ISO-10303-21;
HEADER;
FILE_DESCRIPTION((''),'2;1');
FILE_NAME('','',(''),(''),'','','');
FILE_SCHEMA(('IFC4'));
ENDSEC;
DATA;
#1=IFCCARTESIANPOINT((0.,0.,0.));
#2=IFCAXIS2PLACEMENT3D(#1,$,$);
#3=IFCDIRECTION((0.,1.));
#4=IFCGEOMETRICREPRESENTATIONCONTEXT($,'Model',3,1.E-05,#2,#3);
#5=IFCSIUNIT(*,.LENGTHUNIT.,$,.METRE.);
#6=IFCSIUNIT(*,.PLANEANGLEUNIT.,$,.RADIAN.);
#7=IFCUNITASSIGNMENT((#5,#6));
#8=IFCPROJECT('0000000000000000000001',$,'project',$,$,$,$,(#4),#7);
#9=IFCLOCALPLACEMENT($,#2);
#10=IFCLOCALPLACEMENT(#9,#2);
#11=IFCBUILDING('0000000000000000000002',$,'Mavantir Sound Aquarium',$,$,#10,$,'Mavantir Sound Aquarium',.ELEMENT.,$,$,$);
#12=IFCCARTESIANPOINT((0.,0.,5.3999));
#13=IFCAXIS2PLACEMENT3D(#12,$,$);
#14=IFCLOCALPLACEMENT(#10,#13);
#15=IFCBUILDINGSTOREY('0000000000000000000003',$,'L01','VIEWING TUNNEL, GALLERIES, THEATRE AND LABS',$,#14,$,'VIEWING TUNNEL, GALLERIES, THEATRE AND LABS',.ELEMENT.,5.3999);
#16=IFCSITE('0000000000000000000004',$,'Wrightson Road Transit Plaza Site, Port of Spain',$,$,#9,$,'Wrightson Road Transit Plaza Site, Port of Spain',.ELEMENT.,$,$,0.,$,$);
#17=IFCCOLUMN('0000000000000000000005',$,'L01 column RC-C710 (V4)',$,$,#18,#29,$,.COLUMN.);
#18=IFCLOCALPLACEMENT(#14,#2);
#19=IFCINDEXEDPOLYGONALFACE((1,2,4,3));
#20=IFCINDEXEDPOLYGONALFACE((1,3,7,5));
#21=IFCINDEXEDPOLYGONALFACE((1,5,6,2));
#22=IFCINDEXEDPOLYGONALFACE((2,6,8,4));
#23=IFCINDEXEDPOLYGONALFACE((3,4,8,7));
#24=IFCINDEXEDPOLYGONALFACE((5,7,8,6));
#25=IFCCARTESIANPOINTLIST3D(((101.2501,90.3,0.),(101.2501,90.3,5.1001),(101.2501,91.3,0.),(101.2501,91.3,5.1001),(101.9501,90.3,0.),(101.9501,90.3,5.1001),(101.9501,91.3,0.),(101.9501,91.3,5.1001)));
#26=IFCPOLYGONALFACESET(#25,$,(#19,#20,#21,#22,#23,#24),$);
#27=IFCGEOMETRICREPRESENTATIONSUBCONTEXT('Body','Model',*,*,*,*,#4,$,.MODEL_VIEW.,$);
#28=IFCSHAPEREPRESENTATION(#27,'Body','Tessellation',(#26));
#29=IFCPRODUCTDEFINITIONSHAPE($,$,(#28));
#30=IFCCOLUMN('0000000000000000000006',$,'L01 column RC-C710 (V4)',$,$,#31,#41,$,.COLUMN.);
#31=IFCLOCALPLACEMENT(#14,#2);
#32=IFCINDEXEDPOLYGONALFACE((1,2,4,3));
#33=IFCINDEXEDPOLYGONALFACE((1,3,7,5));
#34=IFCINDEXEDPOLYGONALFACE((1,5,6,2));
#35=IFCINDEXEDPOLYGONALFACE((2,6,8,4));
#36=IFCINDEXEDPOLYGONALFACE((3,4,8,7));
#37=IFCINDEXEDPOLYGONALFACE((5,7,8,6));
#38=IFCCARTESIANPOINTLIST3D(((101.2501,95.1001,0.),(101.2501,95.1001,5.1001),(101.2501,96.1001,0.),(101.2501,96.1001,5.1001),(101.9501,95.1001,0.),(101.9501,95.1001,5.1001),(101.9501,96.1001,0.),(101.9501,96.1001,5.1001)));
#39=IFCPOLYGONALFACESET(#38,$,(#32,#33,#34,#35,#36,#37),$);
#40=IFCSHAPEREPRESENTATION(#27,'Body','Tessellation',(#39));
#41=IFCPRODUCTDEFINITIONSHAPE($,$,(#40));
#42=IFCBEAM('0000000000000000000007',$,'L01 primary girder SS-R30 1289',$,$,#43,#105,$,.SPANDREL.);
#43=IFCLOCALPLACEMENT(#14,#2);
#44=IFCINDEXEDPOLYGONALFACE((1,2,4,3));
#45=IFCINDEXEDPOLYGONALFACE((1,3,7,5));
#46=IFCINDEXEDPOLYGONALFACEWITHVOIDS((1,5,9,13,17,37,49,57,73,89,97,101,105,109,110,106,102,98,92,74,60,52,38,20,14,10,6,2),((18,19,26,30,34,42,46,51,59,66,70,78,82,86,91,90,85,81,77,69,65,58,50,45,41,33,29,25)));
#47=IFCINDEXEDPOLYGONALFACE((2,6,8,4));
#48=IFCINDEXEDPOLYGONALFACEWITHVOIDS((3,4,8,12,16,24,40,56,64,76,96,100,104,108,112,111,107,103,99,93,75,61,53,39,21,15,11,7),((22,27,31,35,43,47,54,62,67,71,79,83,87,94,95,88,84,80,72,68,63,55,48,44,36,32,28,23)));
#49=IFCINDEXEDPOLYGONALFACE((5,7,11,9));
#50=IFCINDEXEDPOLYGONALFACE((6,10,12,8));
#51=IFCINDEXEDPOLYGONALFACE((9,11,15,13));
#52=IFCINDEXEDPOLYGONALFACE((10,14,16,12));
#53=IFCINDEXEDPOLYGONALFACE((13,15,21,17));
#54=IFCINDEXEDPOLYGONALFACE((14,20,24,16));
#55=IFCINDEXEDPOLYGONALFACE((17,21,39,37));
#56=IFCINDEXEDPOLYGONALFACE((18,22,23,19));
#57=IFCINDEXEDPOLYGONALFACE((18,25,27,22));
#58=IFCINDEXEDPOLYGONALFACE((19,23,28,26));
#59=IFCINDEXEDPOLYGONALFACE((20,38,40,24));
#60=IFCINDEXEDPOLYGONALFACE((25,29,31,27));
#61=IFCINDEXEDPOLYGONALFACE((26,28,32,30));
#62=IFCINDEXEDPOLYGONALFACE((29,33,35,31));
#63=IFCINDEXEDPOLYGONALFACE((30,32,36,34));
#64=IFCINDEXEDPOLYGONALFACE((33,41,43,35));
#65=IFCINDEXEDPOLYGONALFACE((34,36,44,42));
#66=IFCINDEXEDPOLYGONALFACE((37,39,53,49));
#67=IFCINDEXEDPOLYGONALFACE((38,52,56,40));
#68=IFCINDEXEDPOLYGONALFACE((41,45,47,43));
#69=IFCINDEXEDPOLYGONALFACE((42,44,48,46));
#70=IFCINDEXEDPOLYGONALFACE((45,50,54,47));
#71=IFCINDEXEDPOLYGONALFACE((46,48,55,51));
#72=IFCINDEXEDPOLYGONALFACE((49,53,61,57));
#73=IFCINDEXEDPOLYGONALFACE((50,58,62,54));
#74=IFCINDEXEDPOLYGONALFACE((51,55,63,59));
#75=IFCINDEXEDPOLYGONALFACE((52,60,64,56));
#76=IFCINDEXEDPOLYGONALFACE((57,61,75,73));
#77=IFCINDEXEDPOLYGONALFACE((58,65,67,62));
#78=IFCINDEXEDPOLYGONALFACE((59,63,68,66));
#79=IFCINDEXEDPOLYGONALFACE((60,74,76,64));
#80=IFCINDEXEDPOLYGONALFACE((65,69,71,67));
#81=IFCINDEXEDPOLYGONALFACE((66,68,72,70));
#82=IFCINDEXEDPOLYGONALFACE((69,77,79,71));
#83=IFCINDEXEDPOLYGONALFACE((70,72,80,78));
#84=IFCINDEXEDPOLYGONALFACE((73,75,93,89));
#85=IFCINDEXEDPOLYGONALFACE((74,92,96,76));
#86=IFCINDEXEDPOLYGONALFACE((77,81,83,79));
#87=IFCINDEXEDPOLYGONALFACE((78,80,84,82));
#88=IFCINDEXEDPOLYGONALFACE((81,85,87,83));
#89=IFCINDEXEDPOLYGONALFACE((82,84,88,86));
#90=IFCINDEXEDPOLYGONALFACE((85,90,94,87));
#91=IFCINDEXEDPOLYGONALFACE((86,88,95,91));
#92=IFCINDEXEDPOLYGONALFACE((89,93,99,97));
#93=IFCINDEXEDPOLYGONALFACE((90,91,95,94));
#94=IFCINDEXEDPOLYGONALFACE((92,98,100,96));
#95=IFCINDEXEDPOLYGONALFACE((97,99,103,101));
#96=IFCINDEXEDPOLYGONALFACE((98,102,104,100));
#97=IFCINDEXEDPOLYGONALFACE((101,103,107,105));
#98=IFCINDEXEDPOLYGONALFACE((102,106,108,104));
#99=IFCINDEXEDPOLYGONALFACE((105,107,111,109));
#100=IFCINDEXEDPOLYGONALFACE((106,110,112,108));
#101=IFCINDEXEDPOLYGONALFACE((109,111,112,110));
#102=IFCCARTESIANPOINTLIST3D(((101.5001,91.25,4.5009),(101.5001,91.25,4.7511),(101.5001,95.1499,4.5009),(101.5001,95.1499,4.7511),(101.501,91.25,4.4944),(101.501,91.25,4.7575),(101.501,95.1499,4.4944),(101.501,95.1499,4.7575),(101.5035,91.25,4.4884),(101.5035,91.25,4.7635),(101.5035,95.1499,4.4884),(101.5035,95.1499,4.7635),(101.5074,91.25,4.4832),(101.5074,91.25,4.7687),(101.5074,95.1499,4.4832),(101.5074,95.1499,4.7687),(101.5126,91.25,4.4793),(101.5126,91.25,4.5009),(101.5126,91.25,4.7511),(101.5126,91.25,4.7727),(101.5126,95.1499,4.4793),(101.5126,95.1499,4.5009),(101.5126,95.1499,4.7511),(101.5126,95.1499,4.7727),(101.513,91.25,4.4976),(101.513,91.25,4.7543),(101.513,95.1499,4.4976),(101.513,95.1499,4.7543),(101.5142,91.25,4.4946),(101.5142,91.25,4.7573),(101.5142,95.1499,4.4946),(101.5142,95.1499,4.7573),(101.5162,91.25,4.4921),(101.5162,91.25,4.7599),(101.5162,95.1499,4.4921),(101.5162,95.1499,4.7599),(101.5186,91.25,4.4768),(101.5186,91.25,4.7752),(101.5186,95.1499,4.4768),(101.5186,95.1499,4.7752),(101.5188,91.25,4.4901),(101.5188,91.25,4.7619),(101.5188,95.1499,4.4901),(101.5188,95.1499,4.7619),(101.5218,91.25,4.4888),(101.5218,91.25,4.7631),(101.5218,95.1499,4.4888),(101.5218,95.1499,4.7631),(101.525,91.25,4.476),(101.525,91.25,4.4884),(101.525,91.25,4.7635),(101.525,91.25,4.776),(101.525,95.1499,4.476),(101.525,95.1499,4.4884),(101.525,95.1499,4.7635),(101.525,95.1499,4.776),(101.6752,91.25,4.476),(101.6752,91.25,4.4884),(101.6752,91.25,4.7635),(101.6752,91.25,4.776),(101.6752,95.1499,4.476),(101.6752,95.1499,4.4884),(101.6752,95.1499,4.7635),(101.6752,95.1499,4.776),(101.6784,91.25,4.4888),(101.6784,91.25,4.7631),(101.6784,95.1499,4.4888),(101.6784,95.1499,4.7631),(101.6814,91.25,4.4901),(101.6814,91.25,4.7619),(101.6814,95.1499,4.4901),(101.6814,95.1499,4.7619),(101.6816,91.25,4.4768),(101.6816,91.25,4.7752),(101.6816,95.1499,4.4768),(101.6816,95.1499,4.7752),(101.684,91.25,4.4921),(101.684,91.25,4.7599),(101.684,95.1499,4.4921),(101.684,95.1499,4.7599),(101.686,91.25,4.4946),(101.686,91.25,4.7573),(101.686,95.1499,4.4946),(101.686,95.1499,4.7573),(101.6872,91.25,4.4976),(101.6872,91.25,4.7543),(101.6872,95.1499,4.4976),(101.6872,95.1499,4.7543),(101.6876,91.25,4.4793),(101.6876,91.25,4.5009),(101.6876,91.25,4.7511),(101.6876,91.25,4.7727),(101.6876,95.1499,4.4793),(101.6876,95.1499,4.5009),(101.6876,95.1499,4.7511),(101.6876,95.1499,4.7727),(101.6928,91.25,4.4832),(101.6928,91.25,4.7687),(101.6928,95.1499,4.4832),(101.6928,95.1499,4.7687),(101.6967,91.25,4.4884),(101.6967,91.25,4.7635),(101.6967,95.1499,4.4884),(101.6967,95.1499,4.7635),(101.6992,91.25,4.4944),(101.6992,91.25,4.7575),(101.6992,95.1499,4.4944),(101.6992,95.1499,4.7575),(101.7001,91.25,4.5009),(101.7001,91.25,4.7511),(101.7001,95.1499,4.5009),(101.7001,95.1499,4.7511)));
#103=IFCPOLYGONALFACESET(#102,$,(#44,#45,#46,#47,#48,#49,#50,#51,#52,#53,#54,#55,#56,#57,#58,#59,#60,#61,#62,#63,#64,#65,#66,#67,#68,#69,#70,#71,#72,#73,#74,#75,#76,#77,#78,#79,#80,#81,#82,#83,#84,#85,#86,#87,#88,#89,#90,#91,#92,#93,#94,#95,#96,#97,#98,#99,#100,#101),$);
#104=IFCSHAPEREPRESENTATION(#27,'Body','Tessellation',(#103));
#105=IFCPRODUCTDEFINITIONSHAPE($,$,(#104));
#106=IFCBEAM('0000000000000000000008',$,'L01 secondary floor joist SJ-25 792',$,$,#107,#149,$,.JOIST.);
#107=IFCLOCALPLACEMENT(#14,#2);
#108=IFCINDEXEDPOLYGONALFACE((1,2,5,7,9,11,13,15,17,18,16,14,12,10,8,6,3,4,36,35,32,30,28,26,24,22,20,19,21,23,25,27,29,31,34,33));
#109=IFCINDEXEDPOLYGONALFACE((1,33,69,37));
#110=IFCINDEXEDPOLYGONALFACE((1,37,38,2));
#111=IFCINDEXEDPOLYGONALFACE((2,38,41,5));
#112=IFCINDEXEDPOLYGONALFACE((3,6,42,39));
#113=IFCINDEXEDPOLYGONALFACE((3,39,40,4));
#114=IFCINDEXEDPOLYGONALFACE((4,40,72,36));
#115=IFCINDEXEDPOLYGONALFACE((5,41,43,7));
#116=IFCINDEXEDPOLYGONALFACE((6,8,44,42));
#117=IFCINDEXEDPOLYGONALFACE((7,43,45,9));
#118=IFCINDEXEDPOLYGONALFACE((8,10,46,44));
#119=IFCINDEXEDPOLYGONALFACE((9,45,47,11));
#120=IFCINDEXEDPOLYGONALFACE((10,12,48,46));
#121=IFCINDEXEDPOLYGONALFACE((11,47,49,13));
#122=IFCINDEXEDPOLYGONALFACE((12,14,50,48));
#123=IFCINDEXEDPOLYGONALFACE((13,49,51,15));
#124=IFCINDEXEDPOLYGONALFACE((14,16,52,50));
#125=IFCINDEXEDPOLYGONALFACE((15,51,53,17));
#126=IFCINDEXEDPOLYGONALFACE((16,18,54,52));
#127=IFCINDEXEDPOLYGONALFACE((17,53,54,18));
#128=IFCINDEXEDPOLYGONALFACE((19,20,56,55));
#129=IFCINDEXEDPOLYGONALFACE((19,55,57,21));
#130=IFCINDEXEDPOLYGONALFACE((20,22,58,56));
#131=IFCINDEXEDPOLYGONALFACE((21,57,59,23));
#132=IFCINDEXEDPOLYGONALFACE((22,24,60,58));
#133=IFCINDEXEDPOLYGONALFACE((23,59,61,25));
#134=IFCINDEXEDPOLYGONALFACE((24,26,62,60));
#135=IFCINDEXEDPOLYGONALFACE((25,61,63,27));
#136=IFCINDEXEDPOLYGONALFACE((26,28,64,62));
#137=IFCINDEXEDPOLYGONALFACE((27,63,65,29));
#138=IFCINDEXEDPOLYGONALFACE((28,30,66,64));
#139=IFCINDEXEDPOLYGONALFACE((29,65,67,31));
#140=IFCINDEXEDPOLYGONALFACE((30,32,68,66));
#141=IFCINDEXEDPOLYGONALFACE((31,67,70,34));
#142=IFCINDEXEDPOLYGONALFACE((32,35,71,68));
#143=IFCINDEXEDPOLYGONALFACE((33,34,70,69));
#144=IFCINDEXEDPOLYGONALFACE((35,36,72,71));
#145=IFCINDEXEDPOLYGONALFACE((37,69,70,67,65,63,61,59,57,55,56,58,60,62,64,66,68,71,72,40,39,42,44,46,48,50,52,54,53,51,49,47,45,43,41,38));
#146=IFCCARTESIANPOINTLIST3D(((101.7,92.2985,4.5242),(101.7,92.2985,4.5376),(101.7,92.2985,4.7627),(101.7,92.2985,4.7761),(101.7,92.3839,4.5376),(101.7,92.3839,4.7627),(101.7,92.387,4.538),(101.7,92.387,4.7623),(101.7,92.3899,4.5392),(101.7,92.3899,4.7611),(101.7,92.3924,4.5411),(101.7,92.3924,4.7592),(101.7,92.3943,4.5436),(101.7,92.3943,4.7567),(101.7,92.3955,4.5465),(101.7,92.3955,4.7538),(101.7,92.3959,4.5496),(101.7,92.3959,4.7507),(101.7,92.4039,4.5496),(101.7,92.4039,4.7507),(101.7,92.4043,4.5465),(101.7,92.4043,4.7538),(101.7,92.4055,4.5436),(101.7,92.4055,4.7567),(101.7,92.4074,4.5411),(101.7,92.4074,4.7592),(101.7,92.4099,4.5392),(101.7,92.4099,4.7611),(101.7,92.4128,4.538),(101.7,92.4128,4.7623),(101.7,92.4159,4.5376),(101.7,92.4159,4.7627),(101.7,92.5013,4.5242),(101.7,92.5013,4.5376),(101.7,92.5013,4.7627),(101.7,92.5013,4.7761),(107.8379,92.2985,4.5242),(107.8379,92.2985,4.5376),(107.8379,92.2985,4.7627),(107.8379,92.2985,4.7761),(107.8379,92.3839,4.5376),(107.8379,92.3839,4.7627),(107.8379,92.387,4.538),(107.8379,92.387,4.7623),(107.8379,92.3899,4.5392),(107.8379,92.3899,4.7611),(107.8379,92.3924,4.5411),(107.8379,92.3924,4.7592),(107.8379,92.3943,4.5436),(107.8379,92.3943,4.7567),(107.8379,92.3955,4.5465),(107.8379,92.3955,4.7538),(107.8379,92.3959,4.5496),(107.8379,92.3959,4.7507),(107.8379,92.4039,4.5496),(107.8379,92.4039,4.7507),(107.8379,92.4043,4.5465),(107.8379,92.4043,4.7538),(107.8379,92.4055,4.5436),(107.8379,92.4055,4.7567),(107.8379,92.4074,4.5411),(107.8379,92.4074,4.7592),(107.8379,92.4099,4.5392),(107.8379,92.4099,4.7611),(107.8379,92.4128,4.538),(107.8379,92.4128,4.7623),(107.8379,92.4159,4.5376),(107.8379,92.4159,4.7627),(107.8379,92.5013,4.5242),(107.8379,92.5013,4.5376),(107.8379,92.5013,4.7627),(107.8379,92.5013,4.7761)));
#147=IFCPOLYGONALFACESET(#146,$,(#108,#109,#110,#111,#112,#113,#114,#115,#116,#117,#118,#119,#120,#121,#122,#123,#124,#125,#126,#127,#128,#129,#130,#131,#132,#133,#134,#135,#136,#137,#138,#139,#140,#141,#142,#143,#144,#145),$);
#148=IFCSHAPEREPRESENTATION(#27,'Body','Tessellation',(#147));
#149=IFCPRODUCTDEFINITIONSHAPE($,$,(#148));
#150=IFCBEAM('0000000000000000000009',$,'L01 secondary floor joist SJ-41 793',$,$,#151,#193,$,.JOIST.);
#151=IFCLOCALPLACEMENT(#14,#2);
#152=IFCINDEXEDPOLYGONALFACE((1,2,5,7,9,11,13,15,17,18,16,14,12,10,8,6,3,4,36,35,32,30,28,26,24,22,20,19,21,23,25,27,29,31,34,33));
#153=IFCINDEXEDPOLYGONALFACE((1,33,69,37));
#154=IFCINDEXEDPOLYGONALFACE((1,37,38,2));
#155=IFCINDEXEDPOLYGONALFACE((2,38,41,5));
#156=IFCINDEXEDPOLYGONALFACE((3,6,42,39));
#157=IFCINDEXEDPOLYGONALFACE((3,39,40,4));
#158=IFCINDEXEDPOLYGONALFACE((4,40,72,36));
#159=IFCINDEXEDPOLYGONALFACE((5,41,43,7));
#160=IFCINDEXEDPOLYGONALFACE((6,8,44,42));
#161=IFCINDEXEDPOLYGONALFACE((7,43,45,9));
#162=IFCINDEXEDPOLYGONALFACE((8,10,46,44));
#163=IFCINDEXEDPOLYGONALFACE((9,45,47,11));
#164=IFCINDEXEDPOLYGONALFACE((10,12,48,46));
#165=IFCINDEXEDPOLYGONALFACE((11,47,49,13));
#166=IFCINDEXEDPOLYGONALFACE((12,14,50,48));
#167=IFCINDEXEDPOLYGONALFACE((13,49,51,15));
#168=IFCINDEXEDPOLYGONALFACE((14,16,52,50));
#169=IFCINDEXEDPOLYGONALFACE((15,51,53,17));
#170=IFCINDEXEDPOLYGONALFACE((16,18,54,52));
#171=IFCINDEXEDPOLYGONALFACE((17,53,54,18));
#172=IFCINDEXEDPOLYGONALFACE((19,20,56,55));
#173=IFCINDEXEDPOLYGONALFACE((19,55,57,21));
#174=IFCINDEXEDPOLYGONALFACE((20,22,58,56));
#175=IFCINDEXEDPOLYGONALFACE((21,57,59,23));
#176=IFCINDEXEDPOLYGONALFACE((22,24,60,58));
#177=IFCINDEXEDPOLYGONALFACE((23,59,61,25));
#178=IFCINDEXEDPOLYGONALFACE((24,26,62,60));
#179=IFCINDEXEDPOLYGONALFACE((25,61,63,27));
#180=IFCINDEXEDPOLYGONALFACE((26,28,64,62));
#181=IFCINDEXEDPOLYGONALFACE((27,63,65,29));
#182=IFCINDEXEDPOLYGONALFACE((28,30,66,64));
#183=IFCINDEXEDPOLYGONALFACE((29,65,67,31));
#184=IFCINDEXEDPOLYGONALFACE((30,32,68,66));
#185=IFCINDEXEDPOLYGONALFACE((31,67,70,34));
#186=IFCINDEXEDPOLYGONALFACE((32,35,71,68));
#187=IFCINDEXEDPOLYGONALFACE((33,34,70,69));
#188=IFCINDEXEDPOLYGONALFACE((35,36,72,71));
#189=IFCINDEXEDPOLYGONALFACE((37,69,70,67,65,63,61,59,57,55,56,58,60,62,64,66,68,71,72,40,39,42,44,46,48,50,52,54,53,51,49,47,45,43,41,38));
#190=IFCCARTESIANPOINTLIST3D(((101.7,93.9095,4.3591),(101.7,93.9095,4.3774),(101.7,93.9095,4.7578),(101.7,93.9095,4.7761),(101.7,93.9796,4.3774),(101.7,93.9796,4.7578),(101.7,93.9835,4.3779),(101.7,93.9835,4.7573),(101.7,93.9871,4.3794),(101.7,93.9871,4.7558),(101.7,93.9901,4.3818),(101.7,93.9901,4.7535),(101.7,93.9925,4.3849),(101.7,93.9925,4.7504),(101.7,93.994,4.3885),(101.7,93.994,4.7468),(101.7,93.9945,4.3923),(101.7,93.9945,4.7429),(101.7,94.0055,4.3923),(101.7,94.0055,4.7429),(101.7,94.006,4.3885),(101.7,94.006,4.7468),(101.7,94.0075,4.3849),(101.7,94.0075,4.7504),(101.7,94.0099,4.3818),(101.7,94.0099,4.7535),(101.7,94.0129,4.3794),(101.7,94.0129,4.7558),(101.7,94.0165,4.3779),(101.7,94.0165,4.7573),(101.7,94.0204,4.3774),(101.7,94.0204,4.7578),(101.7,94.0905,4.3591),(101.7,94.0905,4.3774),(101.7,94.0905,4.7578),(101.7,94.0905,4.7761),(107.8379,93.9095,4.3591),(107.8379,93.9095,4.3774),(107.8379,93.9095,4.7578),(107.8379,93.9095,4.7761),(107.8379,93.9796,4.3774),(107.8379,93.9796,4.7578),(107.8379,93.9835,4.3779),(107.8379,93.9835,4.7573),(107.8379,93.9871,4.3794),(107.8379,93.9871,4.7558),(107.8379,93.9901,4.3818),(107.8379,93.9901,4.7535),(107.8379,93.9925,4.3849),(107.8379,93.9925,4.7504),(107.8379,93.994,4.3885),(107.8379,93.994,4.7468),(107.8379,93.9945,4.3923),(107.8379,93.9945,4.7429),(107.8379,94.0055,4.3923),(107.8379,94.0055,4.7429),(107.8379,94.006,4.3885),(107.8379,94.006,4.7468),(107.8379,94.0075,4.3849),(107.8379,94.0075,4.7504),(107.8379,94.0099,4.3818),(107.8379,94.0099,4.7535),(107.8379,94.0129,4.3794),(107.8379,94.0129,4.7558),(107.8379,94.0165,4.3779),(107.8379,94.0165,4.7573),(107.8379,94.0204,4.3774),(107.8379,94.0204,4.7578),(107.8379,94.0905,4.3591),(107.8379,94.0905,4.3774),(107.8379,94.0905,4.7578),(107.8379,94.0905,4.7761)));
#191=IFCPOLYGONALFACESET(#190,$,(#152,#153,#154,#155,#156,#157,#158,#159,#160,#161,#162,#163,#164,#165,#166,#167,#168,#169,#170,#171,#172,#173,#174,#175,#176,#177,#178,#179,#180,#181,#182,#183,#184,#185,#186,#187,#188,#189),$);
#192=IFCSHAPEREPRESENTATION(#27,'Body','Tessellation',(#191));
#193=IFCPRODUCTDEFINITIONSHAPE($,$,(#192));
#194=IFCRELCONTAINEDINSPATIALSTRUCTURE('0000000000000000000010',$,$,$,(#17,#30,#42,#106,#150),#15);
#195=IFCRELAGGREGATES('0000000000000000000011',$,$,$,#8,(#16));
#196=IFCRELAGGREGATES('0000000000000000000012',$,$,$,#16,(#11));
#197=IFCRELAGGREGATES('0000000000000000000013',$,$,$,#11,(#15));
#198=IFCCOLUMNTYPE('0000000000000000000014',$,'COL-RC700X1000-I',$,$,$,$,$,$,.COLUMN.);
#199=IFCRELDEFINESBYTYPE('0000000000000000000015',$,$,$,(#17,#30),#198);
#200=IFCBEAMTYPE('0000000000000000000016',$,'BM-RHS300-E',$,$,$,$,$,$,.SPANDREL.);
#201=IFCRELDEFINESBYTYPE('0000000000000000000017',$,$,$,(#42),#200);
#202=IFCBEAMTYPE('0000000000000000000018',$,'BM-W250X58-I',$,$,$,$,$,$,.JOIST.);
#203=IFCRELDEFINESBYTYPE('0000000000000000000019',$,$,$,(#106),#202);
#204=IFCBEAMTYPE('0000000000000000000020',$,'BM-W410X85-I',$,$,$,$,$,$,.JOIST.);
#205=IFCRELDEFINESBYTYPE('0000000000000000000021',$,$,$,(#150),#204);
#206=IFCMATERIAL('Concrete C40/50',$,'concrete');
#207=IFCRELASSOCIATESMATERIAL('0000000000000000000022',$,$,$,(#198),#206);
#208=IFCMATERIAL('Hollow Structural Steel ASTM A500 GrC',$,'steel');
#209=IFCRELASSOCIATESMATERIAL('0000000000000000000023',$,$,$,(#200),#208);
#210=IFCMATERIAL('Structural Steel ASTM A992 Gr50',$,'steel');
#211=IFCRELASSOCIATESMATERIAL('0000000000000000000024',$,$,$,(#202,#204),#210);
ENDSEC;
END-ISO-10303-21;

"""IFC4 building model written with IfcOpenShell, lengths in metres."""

from ifc_helpers import new_model, si_unit, direction, frame, origin, origin_2d, place, context, subcontext, project, spatial, rectangle, hollow_rectangle, i_section, extrude, material, material_profile, profile_set, type_object, element, save


model = new_model("IFC4")

# Units and contexts
model_context = context("Model", 3, precision=1e-05, world=origin(), true_north=direction((0.0, 1.0)))
body_context = subcontext(model_context, "Body", "Model", "MODEL_VIEW")
ifc_project = project(units=[si_unit("LENGTHUNIT", "METRE"), si_unit("PLANEANGLEUNIT", "RADIAN")], contexts=[model_context])

# Site, building, storey
site_placement = place(None, origin())
site = spatial("IfcSite", under=ifc_project, at=site_placement, Name="Wrightson Road Transit Plaza Site, Port of Spain", LongName="Wrightson Road Transit Plaza Site, Port of Spain", CompositionType="ELEMENT", RefElevation=0.0)
building_placement = place(site_placement, origin())
building = spatial("IfcBuilding", under=site, at=building_placement, Name="Mavantir Sound Aquarium", LongName="Mavantir Sound Aquarium", CompositionType="ELEMENT")
storey_placement = place(building_placement, frame((0.0, 0.0, 5.3999)))
storey = spatial("IfcBuildingStorey", under=building, at=storey_placement, Name="L01", Description="VIEWING TUNNEL, GALLERIES, THEATRE AND LABS", LongName="VIEWING TUNNEL, GALLERIES, THEATRE AND LABS", CompositionType="ELEMENT", Elevation=5.3999)

# Columns
ifc_material_1 = material(Name="Concrete C40/50", Category="concrete")
ifc_material_profile_1 = material_profile(ifc_material_1, rectangle(XDim=0.7, YDim=1.0, at=origin_2d()), Name="RC 700X1000")
ifc_profile_set_1 = profile_set([ifc_material_profile_1], Name="Concrete C40/50")
column_type = type_object("IfcColumnType", Name="COL-RC700X1000-I", PredefinedType="COLUMN", material=ifc_profile_set_1)
for number, where, z_axis, x_axis, name in (
    (1, (101.6001, 90.8, 0.0), (0.0, 0.0, 1.0), (1.0, 0.0, 0.0), "L01 column RC-C710 (V4)"),
    (2, (101.6001, 95.6001, 0.0), (0.0, 0.0, 1.0), (1.0, 0.0, 0.0), "L01 column RC-C710 (V4)"),
):
    element("IfcColumn", number, at=place(storey_placement, frame(where, z_axis=z_axis, x_axis=x_axis)), inside=storey, type_object=column_type, Name=name, PredefinedType="COLUMN", context=body_context, shape_type="SweptSolid", body=[
        extrude(rectangle(XDim=0.7, YDim=1.0, at=origin_2d()), origin(), (0.0, 0.0, 1.0), 5.1001),
    ])

# Beams
ifc_material_2 = material(Name="Hollow Structural Steel ASTM A500 GrC", Category="steel")
ifc_material_profile_2 = material_profile(ifc_material_2, hollow_rectangle(XDim=0.2, YDim=0.3, WallThickness=0.0125, InnerFilletRadius=0.0125, OuterFilletRadius=0.0249, at=origin_2d()), Name="RHS 300X200X12.5")
ifc_profile_set_2 = profile_set([ifc_material_profile_2], Name="Hollow Structural Steel ASTM A500 GrC")
beam_type_1 = type_object("IfcBeamType", Name="BM-RHS300-E", PredefinedType="SPANDREL", material=ifc_profile_set_2)
beam_1_placement = place(storey_placement, frame((101.6001, 91.25, 4.626), z_axis=(0.0, 1.0, 0.0), x_axis=(-1.0, 0.0, 0.0)))
element("IfcBeam", 3, at=beam_1_placement, inside=storey, type_object=beam_type_1, Name="L01 primary girder SS-R30 1289", PredefinedType="SPANDREL", context=body_context, shape_type="SweptSolid", body=[
    extrude(hollow_rectangle(XDim=0.2, YDim=0.3, WallThickness=0.0125, InnerFilletRadius=0.0125, OuterFilletRadius=0.0249, at=origin_2d()), origin(), (0.0, 0.0, 1.0), 3.8999),
])
ifc_material_3 = material(Name="Structural Steel ASTM A992 Gr50", Category="steel")
ifc_material_profile_3 = material_profile(ifc_material_3, i_section(OverallWidth=0.2029, OverallDepth=0.252, WebThickness=0.0081, FlangeThickness=0.0134, FilletRadius=0.012, at=origin_2d()), Name="W250X58")
ifc_profile_set_3 = profile_set([ifc_material_profile_3], Name="Structural Steel ASTM A992 Gr50")
beam_type_2 = type_object("IfcBeamType", Name="BM-W250X58-I", PredefinedType="JOIST", material=ifc_profile_set_3)
beam_2_placement = place(storey_placement, frame((101.7, 92.3999, 4.6501), z_axis=(1.0, 0.0, 0.0), x_axis=(0.0, 1.0, 0.0)))
element("IfcBeam", 4, at=beam_2_placement, inside=storey, type_object=beam_type_2, Name="L01 secondary floor joist SJ-25 792", PredefinedType="JOIST", context=body_context, shape_type="SweptSolid", body=[
    extrude(i_section(OverallWidth=0.2029, OverallDepth=0.252, WebThickness=0.0081, FlangeThickness=0.0134, FilletRadius=0.012, at=origin_2d()), origin(), (0.0, 0.0, 1.0), 6.1379),
])
ifc_material_profile_4 = material_profile(ifc_material_3, i_section(OverallWidth=0.1809, OverallDepth=0.417, WebThickness=0.011, FlangeThickness=0.0183, FilletRadius=0.0149, at=origin_2d()), Name="W410X85")
ifc_profile_set_4 = profile_set([ifc_material_profile_4], Name="Structural Steel ASTM A992 Gr50")
beam_type_3 = type_object("IfcBeamType", Name="BM-W410X85-I", PredefinedType="JOIST", material=ifc_profile_set_4)
beam_3_placement = place(storey_placement, frame((101.7, 94.0, 4.5676), z_axis=(1.0, 0.0, 0.0), x_axis=(0.0, 1.0, 0.0)))
element("IfcBeam", 5, at=beam_3_placement, inside=storey, type_object=beam_type_3, Name="L01 secondary floor joist SJ-41 793", PredefinedType="JOIST", context=body_context, shape_type="SweptSolid", body=[
    extrude(i_section(OverallWidth=0.1809, OverallDepth=0.417, WebThickness=0.011, FlangeThickness=0.0183, FilletRadius=0.0149, at=origin_2d()), origin(), (0.0, 0.0, 1.0), 6.1379),
])

save(model, "model.ifc")
